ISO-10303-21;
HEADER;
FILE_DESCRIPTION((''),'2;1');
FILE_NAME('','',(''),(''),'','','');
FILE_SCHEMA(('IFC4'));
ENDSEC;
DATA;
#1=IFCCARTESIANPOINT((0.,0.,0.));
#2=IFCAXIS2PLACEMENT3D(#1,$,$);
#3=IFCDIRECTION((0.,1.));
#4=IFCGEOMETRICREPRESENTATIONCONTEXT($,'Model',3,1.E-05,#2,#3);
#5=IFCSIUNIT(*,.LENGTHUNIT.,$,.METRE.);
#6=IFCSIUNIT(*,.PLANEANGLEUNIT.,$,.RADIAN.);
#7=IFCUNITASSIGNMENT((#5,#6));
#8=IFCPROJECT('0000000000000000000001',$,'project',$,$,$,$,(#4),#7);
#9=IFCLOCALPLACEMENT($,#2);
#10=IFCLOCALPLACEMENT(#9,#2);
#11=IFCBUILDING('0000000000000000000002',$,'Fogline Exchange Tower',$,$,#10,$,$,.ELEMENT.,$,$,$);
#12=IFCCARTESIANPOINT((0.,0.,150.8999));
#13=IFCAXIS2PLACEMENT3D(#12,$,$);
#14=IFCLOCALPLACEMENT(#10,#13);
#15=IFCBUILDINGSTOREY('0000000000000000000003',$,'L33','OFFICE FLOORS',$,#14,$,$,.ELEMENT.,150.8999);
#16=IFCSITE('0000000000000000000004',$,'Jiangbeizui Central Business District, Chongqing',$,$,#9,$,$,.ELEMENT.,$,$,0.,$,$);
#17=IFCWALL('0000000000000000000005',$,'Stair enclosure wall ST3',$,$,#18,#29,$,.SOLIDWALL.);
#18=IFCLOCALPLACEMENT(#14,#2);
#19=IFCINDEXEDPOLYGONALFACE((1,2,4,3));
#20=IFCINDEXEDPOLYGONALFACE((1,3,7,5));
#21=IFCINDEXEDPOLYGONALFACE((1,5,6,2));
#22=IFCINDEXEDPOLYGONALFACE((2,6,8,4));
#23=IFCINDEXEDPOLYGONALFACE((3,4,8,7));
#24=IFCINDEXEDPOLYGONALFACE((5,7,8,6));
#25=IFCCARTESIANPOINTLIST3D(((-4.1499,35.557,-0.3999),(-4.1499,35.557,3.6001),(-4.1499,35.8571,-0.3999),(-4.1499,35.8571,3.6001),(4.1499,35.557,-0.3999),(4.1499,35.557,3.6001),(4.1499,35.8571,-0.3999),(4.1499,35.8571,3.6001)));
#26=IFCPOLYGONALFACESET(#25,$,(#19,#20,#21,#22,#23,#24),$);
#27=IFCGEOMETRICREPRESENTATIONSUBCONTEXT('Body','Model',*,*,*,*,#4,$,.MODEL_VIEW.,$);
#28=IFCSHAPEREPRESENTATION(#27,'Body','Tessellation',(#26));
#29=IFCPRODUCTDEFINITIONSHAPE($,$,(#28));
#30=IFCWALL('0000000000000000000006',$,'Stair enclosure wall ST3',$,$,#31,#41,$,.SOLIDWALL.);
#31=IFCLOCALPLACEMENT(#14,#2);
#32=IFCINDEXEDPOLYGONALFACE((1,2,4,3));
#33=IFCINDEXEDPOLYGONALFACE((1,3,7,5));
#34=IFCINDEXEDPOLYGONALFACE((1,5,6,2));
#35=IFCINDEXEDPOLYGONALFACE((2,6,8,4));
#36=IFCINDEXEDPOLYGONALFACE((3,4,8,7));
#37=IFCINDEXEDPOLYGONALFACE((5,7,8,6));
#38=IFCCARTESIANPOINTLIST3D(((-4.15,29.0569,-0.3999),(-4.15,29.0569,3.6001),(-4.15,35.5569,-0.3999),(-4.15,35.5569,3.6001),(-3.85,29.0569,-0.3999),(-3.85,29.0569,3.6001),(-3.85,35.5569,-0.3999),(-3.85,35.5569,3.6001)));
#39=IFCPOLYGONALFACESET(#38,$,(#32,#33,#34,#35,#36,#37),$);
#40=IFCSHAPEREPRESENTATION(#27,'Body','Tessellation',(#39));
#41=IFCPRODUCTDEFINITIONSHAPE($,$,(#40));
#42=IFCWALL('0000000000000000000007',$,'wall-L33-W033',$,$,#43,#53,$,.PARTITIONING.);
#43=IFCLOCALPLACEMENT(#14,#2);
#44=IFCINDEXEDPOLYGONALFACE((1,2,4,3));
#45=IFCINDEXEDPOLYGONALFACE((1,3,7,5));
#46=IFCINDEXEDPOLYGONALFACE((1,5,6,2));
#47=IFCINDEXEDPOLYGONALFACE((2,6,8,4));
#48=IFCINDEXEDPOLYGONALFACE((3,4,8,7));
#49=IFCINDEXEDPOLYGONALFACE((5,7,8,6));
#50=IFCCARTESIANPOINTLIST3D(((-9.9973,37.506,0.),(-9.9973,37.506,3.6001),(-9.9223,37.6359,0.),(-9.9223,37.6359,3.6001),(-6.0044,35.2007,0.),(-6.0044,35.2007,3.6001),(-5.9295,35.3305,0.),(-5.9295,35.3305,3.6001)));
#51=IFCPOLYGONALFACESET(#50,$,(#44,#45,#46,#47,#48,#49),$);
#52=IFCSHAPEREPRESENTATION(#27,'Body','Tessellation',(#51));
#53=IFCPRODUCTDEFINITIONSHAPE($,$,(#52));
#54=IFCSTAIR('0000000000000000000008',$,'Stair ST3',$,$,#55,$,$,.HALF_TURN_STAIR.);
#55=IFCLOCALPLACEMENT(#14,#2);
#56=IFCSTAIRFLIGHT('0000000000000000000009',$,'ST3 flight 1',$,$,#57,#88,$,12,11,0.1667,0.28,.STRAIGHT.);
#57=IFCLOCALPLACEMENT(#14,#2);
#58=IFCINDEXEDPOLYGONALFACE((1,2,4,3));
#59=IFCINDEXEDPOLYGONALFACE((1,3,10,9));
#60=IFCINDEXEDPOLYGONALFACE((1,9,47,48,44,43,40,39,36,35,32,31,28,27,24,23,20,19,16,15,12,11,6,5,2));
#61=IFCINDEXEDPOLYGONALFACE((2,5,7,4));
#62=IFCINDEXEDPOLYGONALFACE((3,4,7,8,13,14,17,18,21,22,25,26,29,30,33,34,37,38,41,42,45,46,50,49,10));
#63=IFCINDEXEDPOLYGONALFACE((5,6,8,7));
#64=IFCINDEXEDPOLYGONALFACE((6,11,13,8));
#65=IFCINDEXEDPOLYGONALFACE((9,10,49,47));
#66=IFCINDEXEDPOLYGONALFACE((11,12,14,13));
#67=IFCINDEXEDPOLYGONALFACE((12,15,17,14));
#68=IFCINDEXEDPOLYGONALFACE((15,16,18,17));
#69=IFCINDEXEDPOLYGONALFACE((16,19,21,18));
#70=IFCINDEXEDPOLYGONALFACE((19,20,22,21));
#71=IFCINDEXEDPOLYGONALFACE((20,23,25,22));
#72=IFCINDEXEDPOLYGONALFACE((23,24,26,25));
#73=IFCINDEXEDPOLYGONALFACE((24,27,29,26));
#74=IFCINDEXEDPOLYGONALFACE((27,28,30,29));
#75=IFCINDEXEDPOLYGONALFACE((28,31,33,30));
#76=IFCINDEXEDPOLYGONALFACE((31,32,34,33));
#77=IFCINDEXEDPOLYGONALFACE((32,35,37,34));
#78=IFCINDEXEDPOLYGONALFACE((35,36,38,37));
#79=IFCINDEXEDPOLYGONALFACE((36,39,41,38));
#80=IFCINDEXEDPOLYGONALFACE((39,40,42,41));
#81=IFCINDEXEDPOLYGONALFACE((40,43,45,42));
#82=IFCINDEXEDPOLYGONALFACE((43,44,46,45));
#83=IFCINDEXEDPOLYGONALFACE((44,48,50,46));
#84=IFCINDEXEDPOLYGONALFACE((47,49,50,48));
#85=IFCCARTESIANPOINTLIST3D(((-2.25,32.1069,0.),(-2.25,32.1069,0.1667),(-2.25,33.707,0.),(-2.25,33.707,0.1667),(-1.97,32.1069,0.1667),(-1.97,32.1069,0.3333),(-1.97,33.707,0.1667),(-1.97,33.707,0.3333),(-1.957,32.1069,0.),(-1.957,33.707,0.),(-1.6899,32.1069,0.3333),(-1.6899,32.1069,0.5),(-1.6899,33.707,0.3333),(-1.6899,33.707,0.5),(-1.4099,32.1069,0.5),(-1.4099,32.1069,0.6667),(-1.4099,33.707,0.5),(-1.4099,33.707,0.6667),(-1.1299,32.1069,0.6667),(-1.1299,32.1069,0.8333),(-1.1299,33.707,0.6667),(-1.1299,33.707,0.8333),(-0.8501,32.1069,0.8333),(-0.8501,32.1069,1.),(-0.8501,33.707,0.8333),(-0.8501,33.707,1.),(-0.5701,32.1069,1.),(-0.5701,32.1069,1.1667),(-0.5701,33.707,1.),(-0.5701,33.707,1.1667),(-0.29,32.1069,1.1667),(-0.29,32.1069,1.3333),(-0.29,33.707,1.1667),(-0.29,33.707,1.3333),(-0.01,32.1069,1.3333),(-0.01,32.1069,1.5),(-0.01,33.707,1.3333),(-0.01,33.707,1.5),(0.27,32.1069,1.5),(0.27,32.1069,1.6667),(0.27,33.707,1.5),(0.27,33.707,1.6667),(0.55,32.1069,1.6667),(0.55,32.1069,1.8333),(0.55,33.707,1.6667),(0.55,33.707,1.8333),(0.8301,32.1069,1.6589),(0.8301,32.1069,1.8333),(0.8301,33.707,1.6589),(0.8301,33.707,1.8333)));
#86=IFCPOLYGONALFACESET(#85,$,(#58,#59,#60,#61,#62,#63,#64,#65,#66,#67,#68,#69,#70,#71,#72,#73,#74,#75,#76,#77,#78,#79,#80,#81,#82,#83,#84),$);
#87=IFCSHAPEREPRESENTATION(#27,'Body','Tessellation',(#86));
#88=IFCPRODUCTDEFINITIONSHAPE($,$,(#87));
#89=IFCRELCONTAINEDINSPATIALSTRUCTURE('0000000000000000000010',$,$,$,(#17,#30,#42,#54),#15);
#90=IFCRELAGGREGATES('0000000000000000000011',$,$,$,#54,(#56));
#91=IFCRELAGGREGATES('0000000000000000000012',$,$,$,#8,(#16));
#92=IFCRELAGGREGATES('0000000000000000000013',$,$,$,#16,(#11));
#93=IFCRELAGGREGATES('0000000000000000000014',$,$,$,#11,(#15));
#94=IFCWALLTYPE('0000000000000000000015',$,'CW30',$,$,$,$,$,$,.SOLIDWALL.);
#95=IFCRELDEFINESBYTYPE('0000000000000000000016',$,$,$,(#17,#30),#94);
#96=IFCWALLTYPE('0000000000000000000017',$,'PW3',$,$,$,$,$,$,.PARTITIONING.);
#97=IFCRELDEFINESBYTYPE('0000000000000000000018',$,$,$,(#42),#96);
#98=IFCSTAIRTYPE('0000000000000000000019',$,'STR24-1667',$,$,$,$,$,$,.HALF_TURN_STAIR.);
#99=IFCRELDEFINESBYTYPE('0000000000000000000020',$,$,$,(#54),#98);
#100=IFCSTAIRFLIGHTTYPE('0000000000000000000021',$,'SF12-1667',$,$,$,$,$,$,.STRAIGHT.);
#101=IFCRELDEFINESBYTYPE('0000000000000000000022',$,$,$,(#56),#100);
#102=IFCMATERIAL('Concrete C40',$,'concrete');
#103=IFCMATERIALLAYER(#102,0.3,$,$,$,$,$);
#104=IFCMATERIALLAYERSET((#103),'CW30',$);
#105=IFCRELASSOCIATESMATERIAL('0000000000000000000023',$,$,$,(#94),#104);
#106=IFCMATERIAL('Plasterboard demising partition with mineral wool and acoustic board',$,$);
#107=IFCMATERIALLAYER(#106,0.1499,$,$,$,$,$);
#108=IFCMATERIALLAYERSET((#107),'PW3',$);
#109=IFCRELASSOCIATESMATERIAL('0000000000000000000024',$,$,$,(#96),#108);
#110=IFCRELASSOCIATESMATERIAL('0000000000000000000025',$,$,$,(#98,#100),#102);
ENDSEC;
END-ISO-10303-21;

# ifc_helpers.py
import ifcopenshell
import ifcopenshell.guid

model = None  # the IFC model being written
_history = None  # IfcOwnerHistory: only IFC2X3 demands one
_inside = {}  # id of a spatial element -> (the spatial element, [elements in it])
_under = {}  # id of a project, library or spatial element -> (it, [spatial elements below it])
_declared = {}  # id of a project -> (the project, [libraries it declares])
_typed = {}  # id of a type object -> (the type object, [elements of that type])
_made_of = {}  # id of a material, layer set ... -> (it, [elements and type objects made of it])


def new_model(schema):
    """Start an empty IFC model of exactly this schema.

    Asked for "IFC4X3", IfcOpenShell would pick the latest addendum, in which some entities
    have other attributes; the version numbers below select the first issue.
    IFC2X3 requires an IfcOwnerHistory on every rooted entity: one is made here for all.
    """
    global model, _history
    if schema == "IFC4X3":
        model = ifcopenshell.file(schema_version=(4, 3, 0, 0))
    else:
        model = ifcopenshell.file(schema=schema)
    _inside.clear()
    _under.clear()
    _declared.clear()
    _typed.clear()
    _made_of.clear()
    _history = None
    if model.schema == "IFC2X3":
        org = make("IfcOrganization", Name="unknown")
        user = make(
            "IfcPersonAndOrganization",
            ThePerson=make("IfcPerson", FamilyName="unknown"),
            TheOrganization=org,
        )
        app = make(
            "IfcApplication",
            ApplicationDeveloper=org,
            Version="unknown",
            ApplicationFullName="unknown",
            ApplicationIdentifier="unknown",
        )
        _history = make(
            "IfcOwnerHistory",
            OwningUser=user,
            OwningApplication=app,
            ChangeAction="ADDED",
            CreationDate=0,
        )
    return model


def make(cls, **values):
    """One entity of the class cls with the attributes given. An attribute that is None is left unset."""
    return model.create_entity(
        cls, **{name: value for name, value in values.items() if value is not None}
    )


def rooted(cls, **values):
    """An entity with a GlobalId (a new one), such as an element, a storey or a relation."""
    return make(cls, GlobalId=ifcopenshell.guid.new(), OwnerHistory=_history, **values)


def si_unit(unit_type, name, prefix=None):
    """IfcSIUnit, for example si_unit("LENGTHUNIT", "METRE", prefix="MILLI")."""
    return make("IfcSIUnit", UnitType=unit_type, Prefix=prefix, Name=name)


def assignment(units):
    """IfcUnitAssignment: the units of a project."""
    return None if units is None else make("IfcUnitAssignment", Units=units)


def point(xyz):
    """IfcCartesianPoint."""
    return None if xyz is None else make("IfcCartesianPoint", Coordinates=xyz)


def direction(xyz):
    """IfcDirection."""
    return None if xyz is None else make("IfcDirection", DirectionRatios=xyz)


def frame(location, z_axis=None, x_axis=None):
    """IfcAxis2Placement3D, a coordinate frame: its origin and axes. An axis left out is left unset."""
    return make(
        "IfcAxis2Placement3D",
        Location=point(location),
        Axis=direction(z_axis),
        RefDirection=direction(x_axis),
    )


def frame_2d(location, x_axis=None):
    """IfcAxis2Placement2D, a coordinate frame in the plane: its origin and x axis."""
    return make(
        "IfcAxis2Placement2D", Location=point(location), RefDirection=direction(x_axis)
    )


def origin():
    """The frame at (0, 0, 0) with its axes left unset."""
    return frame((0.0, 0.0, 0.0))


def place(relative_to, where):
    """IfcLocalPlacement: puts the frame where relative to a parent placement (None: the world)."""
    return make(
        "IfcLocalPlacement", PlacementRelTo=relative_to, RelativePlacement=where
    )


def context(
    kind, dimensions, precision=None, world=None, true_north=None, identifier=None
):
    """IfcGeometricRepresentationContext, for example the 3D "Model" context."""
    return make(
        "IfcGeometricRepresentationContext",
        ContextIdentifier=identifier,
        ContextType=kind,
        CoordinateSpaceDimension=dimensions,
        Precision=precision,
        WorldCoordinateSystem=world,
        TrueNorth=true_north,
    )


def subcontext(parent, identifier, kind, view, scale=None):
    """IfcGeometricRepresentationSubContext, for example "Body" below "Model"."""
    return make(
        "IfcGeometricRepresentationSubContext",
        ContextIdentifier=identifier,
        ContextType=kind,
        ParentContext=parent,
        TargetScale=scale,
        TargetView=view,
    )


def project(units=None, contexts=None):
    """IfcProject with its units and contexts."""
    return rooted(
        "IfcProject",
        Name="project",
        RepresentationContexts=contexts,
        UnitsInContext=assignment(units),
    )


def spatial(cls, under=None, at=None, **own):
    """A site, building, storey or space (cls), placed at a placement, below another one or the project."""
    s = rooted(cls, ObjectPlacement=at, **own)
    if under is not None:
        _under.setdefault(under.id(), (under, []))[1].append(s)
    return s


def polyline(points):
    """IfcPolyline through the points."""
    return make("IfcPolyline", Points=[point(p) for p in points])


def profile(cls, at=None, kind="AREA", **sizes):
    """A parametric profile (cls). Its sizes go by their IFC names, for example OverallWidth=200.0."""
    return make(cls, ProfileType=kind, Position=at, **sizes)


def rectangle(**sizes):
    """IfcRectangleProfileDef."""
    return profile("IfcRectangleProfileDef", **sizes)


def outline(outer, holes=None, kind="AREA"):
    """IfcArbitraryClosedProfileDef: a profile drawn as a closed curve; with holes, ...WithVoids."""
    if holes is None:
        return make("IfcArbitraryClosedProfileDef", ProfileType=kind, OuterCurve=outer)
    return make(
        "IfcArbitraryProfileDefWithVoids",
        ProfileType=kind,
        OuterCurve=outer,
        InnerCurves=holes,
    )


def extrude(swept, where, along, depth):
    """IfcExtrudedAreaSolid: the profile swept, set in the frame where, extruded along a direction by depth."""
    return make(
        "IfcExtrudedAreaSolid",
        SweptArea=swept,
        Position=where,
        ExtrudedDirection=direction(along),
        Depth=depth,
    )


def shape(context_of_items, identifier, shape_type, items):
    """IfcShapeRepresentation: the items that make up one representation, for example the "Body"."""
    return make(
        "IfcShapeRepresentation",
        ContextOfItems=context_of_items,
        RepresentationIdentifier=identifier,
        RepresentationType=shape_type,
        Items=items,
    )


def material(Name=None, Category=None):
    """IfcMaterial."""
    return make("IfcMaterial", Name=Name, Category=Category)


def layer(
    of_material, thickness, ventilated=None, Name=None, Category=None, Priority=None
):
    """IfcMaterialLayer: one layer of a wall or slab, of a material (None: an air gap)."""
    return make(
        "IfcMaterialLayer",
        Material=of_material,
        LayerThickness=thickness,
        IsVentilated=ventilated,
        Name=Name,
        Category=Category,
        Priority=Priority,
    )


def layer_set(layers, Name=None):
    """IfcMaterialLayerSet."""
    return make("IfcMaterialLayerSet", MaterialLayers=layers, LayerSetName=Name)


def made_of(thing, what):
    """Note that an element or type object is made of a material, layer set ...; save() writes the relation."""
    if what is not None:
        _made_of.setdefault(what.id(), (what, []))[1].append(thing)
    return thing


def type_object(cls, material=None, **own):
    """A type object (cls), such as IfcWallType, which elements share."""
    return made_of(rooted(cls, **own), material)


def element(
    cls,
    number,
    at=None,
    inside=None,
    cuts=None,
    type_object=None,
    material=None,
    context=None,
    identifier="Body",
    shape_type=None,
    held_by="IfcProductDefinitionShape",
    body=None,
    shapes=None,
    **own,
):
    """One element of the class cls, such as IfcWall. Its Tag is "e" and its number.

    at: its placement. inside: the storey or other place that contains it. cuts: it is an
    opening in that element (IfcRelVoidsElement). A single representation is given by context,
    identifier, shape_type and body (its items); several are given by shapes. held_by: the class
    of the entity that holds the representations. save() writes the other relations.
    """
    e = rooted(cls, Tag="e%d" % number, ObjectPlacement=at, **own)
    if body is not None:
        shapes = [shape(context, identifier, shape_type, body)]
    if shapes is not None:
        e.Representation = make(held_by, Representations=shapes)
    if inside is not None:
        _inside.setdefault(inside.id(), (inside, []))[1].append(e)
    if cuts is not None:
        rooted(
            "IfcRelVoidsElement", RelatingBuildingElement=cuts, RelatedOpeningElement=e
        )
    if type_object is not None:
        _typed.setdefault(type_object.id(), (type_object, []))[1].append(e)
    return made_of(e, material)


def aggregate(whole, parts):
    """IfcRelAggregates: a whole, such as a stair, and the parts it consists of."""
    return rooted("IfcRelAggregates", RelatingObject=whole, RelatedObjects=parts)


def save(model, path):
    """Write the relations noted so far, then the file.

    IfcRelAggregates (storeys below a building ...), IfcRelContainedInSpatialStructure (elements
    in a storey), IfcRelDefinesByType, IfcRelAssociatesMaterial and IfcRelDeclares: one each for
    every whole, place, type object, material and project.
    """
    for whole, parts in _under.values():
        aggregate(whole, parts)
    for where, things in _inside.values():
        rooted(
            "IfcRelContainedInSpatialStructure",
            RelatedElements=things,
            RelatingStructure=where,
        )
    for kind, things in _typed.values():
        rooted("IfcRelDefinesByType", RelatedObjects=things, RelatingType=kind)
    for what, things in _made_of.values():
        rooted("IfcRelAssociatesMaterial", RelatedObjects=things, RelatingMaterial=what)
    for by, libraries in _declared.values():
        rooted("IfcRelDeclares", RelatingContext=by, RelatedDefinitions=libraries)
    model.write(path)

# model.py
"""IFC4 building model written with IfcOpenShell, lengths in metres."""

from ifc_helpers import new_model, si_unit, direction, frame, frame_2d, origin, place, context, subcontext, project, spatial, polyline, rectangle, outline, extrude, material, layer, layer_set, type_object, element, aggregate, save


model = new_model("IFC4")

# Units and contexts
model_context = context("Model", 3, precision=1e-05, world=origin(), true_north=direction((0.0, 1.0)))
body_context = subcontext(model_context, "Body", "Model", "MODEL_VIEW")
ifc_project = project(units=[si_unit("LENGTHUNIT", "METRE"), si_unit("PLANEANGLEUNIT", "RADIAN")], contexts=[model_context])

# Site, building, storey
site_placement = place(None, origin())
site = spatial("IfcSite", under=ifc_project, at=site_placement, Name="Jiangbeizui Central Business District, Chongqing", CompositionType="ELEMENT", RefElevation=0.0)
building_placement = place(site_placement, origin())
building = spatial("IfcBuilding", under=site, at=building_placement, Name="Fogline Exchange Tower", CompositionType="ELEMENT")
storey_placement = place(building_placement, frame((0.0, 0.0, 150.8999)))
storey = spatial("IfcBuildingStorey", under=building, at=storey_placement, Name="L33", Description="OFFICE FLOORS", CompositionType="ELEMENT", Elevation=150.8999)

# Shared definitions
ifc_material_1 = material(Name="Concrete C40", Category="concrete")

# Shared definitions
ifc_layer_1 = layer(ifc_material_1, 0.3)
ifc_layer_set_1 = layer_set([ifc_layer_1], Name="CW30")
wall_type_1 = type_object("IfcWallType", Name="CW30", PredefinedType="SOLIDWALL", material=ifc_layer_set_1)

# Walls
wall_1_placement = place(storey_placement, frame((-4.1499, 35.707, -0.3999), z_axis=(0.0, 0.0, 1.0), x_axis=(1.0, 0.0, 0.0)))
element("IfcWall", 1, at=wall_1_placement, inside=storey, type_object=wall_type_1, Name="Stair enclosure wall ST3", PredefinedType="SOLIDWALL", context=body_context, shape_type="SweptSolid", body=[
    extrude(rectangle(XDim=8.2998, YDim=0.3, at=frame_2d((4.1499, 0.0))), origin(), (0.0, 0.0, 1.0), 4.0),
])
wall_2_placement = place(storey_placement, frame((-4.0, 29.0569, -0.3999), z_axis=(0.0, 0.0, 1.0), x_axis=(0.0, 1.0, 0.0)))
element("IfcWall", 2, at=wall_2_placement, inside=storey, type_object=wall_type_1, Name="Stair enclosure wall ST3", PredefinedType="SOLIDWALL", context=body_context, shape_type="SweptSolid", body=[
    extrude(rectangle(XDim=6.5, YDim=0.3, at=frame_2d((3.25, 0.0))), origin(), (0.0, 0.0, 1.0), 4.0),
])
ifc_material_2 = material(Name="Plasterboard demising partition with mineral wool and acoustic board")
ifc_layer_2 = layer(ifc_material_2, 0.1499)
ifc_layer_set_2 = layer_set([ifc_layer_2], Name="PW3")
wall_type_2 = type_object("IfcWallType", Name="PW3", PredefinedType="PARTITIONING", material=ifc_layer_set_2)
wall_3_placement = place(storey_placement, frame((-5.967, 35.2656, 0.0), z_axis=(0.0, 0.0, 1.0), x_axis=(-0.866015, 0.500017, 0.0)))
element("IfcWall", 3, at=wall_3_placement, inside=storey, type_object=wall_type_2, Name="wall-L33-W033", PredefinedType="PARTITIONING", context=body_context, shape_type="SweptSolid", body=[
    extrude(rectangle(XDim=4.6106, YDim=0.1499, at=frame_2d((2.3052, 0.0))), origin(), (0.0, 0.0, 1.0), 3.6001),
])

# Stair, stair flight
stair_type = type_object("IfcStairType", Name="STR24-1667", PredefinedType="HALF_TURN_STAIR", material=ifc_material_1)
stair_placement = place(storey_placement, origin())
stair = element("IfcStair", 4, at=stair_placement, inside=storey, type_object=stair_type, Name="Stair ST3", PredefinedType="HALF_TURN_STAIR")
stair_flight_type = type_object("IfcStairFlightType", Name="SF12-1667", PredefinedType="STRAIGHT", material=ifc_material_1)
stair_flight_placement = place(storey_placement, frame((-2.25, 32.907, 0.0), z_axis=(0.0, 0.0, 1.0), x_axis=(1.0, 0.0, 0.0)))
stair_flight = element("IfcStairFlight", 5, at=stair_flight_placement, type_object=stair_flight_type, Name="ST3 flight 1", NumberOfRisers=12, NumberOfTreads=11, PredefinedType="STRAIGHT", RiserHeight=0.1667, TreadLength=0.28, context=body_context, shape_type="SweptSolid", body=[
    extrude(outline(polyline([(0.0, 0.0), (0.0, 0.1667), (0.28, 0.1667), (0.28, 0.3333), (0.5601, 0.3333), (0.5601, 0.5), (0.8401, 0.5), (0.8401, 0.6667), (1.1201, 0.6667), (1.1201, 0.8333), (1.3999, 0.8333), (1.3999, 1.0), (1.6799, 1.0), (1.6799, 1.1667), (1.96, 1.1667), (1.96, 1.3333), (2.24, 1.3333), (2.24, 1.5), (2.52, 1.5), (2.52, 1.6667), (2.8, 1.6667), (2.8, 1.8333), (3.0801, 1.8333), (3.0801, 2.0), (3.0801, 1.6589), (0.293, 0.0), (0.0, 0.0)])), frame((0.0, 0.8, 0.0), z_axis=(0.0, -1.0, 0.0), x_axis=(1.0, 0.0, 0.0)), (0.0, 0.0, 1.0), 1.6001),
])
aggregate(stair, [stair_flight])

save(model, "model.ifc")
